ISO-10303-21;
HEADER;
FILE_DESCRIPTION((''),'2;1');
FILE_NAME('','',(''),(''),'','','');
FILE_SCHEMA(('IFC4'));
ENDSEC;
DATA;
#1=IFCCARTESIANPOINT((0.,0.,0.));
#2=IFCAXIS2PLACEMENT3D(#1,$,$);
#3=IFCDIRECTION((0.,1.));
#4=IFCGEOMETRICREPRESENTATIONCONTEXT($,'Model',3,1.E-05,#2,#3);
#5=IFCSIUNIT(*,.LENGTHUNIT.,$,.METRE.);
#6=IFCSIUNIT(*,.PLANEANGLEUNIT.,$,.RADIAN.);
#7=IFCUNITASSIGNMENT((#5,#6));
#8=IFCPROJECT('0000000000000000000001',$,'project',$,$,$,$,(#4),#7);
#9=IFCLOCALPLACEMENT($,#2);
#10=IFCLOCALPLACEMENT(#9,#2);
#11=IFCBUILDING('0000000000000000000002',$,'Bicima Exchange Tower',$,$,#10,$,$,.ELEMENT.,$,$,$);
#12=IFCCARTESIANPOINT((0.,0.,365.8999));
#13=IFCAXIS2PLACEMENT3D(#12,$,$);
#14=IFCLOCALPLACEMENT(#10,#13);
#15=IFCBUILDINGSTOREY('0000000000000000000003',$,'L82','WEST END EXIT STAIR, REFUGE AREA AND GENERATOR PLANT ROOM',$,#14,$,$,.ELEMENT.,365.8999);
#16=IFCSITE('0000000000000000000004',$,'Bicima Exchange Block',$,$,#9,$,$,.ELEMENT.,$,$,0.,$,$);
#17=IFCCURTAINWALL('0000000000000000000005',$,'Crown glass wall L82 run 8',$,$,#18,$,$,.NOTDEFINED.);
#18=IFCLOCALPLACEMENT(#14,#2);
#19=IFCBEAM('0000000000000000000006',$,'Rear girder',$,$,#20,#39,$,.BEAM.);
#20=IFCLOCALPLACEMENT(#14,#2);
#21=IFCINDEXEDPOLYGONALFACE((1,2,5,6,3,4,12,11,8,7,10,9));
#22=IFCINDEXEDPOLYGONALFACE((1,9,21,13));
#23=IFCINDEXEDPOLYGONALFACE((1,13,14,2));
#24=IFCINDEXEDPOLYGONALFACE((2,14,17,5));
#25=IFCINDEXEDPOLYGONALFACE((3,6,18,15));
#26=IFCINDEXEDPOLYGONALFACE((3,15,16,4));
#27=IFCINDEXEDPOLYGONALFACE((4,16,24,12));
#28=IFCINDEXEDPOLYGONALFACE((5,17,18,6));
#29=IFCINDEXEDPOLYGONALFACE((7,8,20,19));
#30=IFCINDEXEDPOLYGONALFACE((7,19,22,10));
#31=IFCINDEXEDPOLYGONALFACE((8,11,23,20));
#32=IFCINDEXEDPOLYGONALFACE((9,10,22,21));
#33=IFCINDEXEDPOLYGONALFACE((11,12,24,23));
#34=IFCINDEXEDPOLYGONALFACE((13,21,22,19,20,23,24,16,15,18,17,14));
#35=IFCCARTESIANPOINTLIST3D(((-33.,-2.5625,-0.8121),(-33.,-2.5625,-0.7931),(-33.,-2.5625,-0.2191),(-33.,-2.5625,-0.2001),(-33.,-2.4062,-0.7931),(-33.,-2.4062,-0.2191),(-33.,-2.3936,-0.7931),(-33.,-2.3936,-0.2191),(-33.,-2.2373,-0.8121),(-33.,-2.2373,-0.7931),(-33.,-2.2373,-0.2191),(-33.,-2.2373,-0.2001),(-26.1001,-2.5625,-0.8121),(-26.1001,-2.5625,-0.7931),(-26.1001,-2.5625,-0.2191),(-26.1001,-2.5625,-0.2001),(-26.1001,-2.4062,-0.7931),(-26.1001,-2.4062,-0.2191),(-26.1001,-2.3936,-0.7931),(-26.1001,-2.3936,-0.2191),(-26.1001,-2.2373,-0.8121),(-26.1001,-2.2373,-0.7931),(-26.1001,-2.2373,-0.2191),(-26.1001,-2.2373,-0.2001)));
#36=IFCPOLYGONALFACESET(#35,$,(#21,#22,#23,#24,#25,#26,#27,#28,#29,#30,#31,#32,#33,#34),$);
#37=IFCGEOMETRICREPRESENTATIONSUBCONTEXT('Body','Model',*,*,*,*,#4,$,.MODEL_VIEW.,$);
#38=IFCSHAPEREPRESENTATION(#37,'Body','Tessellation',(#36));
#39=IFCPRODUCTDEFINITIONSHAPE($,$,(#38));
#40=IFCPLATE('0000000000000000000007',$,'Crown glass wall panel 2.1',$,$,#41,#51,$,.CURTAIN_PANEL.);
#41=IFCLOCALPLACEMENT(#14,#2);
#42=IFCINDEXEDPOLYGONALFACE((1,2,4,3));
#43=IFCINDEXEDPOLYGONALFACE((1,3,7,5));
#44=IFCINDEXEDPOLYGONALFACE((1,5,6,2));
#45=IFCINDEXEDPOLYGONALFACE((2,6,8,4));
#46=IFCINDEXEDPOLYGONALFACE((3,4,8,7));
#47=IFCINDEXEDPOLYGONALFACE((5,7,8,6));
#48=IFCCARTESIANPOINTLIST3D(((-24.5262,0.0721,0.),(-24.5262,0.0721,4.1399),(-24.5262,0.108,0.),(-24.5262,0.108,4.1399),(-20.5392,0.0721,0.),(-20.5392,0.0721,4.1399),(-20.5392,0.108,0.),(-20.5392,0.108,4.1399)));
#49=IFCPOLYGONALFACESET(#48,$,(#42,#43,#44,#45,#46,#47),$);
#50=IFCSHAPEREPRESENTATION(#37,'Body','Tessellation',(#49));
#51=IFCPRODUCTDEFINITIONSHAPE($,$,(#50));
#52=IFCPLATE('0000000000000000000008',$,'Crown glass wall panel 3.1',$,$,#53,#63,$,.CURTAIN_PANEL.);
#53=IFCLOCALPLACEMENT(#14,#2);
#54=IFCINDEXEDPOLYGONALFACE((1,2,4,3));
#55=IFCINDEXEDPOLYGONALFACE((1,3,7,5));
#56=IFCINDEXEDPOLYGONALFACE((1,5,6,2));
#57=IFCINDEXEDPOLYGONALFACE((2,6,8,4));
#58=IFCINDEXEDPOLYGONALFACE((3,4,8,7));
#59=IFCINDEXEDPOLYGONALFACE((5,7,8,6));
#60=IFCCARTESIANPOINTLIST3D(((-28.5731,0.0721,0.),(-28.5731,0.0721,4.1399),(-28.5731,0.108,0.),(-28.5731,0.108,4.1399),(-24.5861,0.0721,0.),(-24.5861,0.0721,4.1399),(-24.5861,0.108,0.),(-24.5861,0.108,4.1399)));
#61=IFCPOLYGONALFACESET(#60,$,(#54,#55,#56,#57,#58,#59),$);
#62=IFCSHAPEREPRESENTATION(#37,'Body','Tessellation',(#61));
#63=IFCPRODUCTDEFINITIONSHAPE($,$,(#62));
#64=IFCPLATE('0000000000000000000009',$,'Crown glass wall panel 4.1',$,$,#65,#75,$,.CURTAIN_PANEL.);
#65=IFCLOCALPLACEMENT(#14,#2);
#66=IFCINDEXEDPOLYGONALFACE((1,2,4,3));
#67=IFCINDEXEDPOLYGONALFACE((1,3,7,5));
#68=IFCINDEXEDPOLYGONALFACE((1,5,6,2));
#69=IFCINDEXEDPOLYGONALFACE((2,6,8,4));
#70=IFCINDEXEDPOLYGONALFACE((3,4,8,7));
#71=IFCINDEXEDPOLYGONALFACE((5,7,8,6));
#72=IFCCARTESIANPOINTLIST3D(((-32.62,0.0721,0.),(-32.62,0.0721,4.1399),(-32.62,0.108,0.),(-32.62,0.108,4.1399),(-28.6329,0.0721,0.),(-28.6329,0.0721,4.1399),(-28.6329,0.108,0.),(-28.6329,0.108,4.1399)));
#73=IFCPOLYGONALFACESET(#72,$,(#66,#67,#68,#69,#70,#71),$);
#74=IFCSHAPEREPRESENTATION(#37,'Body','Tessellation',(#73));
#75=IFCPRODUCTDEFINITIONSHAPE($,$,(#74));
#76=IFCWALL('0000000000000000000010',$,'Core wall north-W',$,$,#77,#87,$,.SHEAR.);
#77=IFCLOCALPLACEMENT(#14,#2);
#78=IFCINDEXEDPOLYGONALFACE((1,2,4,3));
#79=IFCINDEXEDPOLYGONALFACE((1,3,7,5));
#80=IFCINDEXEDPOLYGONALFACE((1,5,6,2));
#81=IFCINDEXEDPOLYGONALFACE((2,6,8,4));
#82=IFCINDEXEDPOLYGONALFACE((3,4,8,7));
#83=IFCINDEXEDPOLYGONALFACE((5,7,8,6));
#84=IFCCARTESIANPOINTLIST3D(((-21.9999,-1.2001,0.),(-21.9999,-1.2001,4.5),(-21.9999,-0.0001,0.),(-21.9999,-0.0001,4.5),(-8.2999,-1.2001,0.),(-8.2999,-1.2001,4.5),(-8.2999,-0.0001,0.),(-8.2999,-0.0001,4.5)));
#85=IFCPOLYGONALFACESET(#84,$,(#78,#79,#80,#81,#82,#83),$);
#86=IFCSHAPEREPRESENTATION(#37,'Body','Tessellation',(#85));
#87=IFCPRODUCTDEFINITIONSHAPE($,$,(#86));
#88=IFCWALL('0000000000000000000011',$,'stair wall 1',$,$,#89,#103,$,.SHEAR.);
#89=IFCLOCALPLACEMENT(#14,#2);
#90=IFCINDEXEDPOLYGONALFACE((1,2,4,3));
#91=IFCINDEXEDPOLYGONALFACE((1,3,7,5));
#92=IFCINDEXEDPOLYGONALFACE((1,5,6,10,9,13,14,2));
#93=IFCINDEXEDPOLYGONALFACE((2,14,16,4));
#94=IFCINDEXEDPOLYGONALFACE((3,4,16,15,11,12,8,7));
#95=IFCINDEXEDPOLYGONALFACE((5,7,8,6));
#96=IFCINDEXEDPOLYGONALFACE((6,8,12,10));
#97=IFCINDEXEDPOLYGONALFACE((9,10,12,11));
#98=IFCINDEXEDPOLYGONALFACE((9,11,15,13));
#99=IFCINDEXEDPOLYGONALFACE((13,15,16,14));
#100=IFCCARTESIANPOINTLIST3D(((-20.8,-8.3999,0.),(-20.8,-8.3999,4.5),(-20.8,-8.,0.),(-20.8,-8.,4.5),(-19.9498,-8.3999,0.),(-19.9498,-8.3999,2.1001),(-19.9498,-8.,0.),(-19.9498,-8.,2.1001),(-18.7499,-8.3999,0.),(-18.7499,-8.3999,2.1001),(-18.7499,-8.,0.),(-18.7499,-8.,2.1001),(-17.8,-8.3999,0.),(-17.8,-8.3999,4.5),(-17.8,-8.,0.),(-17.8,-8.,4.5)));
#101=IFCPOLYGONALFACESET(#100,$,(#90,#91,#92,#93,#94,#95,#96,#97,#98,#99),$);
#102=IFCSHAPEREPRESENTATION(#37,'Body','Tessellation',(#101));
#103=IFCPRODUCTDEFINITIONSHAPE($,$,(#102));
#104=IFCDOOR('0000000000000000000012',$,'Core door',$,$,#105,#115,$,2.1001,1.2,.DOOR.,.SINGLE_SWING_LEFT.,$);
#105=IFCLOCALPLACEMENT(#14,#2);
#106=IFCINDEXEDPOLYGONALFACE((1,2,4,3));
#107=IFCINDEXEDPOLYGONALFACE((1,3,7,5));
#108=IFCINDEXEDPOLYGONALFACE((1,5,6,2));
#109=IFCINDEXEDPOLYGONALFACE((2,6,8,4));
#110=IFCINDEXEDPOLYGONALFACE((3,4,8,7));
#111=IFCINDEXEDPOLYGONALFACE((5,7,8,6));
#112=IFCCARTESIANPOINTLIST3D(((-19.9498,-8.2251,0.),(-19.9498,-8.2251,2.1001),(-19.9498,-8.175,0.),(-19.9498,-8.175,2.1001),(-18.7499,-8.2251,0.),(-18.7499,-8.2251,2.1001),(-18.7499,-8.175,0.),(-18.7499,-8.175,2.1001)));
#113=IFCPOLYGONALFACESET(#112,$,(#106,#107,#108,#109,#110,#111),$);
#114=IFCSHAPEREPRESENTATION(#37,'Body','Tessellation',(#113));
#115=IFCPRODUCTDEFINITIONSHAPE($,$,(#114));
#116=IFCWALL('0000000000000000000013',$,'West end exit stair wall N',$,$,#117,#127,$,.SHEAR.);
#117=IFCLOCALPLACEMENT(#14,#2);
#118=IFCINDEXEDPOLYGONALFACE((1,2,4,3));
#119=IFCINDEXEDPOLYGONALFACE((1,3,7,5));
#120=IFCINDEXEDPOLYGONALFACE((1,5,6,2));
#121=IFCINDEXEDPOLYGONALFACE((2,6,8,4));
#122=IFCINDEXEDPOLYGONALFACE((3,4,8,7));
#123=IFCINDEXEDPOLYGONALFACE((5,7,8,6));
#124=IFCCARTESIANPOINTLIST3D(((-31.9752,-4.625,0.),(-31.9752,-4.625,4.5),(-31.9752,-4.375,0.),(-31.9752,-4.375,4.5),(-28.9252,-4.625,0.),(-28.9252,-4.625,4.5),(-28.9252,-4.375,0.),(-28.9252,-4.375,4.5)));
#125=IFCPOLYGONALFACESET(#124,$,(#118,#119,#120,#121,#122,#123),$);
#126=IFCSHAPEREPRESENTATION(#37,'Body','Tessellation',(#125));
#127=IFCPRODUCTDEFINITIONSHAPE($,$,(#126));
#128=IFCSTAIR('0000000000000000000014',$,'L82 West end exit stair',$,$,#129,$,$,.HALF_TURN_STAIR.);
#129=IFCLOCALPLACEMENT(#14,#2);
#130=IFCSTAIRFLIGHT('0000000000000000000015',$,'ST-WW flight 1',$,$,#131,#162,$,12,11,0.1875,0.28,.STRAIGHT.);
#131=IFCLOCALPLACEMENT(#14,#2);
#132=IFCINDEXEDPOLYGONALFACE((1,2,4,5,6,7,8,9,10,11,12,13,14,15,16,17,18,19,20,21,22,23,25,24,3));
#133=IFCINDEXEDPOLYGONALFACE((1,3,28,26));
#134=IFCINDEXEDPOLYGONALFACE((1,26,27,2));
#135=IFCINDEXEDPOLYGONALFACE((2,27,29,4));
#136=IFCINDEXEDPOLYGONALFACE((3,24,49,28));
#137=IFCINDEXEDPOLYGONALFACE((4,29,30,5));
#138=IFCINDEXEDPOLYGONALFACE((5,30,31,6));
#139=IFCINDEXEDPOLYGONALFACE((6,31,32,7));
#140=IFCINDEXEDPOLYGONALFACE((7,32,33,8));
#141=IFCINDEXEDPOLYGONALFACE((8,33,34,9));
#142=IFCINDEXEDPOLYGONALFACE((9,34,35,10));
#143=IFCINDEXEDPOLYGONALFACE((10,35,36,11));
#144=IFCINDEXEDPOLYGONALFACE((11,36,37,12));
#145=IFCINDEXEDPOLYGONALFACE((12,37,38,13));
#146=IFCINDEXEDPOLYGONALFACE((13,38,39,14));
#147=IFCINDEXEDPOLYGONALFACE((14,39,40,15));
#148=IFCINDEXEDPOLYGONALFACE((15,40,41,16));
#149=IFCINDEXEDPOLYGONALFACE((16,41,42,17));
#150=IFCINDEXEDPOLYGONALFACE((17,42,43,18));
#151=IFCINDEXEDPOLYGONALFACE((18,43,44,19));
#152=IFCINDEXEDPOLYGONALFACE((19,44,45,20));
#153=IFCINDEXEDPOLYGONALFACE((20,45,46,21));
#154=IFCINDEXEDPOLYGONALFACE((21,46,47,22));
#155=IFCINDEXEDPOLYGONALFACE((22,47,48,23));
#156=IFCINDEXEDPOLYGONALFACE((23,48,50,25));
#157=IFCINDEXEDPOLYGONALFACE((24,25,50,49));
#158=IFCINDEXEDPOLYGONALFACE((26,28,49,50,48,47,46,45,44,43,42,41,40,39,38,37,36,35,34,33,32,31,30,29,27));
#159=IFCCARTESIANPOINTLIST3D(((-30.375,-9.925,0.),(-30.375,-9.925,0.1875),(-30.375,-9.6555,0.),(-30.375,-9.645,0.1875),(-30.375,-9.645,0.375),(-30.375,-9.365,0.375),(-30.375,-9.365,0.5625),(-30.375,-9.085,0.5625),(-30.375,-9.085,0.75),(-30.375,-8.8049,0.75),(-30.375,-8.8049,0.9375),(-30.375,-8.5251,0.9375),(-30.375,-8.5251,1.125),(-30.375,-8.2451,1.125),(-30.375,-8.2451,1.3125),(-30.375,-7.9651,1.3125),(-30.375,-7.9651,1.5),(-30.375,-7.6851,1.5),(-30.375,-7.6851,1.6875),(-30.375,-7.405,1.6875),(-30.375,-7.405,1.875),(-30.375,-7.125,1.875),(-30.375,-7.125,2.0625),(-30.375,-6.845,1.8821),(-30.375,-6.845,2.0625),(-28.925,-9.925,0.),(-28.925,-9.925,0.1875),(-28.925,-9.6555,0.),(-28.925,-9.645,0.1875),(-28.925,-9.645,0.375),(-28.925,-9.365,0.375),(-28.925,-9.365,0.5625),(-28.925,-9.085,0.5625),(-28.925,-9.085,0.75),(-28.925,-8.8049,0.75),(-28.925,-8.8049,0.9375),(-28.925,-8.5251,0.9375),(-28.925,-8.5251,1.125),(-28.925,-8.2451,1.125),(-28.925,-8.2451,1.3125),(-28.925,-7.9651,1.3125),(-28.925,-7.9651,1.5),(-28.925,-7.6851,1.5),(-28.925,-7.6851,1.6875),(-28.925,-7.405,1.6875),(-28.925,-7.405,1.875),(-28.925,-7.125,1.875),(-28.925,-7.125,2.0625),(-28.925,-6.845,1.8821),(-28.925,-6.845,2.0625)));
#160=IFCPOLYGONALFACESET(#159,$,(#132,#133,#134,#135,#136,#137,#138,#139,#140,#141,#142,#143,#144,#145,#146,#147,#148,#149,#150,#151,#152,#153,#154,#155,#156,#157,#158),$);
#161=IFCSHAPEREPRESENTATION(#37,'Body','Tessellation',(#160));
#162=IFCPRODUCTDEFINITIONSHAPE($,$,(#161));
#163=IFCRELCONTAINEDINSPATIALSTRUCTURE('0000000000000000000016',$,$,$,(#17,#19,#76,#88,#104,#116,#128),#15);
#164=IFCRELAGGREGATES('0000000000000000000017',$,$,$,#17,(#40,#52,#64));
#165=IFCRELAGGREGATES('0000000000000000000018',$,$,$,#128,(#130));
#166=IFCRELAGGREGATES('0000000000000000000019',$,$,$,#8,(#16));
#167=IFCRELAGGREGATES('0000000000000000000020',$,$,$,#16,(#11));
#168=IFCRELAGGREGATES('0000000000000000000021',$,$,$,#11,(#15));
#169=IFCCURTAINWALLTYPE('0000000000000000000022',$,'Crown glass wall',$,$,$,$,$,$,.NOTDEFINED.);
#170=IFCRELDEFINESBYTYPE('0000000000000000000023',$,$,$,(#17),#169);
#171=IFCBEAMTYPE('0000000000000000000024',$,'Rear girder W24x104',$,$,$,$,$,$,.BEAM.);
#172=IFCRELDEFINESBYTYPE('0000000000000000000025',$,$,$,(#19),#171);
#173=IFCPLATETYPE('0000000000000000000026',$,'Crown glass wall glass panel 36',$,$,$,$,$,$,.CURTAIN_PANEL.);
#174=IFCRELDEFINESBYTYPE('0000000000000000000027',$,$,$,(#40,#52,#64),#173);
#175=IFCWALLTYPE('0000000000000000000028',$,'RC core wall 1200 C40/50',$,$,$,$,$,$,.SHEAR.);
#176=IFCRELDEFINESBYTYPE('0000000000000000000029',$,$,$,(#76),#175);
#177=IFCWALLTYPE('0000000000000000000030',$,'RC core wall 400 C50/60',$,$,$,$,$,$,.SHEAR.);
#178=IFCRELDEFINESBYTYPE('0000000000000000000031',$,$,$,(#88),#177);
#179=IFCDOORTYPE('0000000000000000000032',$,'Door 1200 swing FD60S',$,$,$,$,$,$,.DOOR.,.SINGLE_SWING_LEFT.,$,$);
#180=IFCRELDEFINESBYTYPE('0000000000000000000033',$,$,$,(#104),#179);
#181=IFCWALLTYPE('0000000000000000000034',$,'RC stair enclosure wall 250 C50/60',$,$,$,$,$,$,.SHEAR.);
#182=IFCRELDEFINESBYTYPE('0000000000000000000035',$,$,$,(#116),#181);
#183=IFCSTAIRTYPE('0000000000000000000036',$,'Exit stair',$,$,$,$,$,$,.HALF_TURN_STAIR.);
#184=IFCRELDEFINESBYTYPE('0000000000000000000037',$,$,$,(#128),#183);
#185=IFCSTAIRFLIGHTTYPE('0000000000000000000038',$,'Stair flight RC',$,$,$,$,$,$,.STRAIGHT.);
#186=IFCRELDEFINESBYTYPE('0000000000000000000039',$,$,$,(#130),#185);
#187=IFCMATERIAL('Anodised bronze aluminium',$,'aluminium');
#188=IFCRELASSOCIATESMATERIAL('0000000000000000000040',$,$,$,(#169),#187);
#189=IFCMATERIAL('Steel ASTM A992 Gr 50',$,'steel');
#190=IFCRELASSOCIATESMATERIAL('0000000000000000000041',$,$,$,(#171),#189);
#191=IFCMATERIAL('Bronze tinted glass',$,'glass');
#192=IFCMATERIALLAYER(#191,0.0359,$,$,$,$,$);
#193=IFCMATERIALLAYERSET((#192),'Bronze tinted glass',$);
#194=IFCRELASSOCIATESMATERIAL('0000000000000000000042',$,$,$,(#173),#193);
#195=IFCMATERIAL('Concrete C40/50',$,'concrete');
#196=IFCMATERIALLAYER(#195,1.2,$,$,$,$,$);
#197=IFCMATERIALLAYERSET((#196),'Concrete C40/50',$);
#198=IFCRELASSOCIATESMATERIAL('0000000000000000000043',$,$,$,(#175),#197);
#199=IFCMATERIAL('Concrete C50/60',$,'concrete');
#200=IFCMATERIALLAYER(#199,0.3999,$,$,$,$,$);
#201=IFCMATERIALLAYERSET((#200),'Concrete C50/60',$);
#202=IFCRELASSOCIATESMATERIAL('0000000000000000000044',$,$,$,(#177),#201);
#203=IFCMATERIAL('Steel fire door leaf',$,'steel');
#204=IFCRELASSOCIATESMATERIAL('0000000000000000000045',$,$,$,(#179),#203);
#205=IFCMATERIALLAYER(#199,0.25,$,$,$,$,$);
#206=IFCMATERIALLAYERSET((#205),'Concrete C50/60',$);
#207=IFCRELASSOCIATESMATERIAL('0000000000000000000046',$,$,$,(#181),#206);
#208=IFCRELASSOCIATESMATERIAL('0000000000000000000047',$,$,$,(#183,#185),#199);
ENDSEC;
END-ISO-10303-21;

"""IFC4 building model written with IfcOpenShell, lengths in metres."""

from ifc_helpers import new_model, si_unit, direction, frame, frame_2d, origin, origin_2d, place, context, subcontext, project, spatial, polyline, rectangle, i_section, outline, extrude, material, layer, layer_set, material_profile, profile_set, type_object, element, fill, aggregate, save


model = new_model("IFC4")

# Units and contexts
model_context = context("Model", 3, precision=1e-05, world=origin(), true_north=direction((0.0, 1.0)))
body_context = subcontext(model_context, "Body", "Model", "MODEL_VIEW")
ifc_project = project(units=[si_unit("LENGTHUNIT", "METRE"), si_unit("PLANEANGLEUNIT", "RADIAN")], contexts=[model_context])

# Site, building, storey
site_placement = place(None, origin())
site = spatial("IfcSite", under=ifc_project, at=site_placement, Name="Bicima Exchange Block", CompositionType="ELEMENT", RefElevation=0.0)
building_placement = place(site_placement, origin())
building = spatial("IfcBuilding", under=site, at=building_placement, Name="Bicima Exchange Tower", CompositionType="ELEMENT")
storey_placement = place(building_placement, frame((0.0, 0.0, 365.8999)))
storey = spatial("IfcBuildingStorey", under=building, at=storey_placement, Name="L82", Description="WEST END EXIT STAIR, REFUGE AREA AND GENERATOR PLANT ROOM", CompositionType="ELEMENT", Elevation=365.8999)

# Shared definitions
ifc_material_1 = material(Name="Steel ASTM A992 Gr 50", Category="steel")

# Curtain wall
ifc_material_2 = material(Name="Anodised bronze aluminium", Category="aluminium")
curtain_wall_type = type_object("IfcCurtainWallType", Name="Crown glass wall", PredefinedType="NOTDEFINED", material=ifc_material_2)
curtain_wall_placement = place(storey_placement, origin())
curtain_wall = element("IfcCurtainWall", 1, at=curtain_wall_placement, inside=storey, type_object=curtain_wall_type, Name="Crown glass wall L82 run 8", PredefinedType="NOTDEFINED")

# Beam
ifc_material_profile_1 = material_profile(ifc_material_1, i_section(OverallWidth=0.3252, OverallDepth=0.6121, WebThickness=0.0127, FlangeThickness=0.019, at=origin_2d()))
ifc_profile_set_1 = profile_set([ifc_material_profile_1], Name="Steel ASTM A992 Gr 50")
beam_type_1 = type_object("IfcBeamType", Name="Rear girder W24x104", PredefinedType="BEAM", material=ifc_profile_set_1)
beam_1_placement = place(storey_placement, frame((-26.1001, -2.3999, -0.5061), z_axis=(-1.0, 0.0, 0.0), x_axis=(0.0, -1.0, 0.0)))
element("IfcBeam", 2, at=beam_1_placement, inside=storey, type_object=beam_type_1, Name="Rear girder", PredefinedType="BEAM", context=body_context, shape_type="SweptSolid", body=[
    extrude(i_section(OverallWidth=0.3252, OverallDepth=0.6121, WebThickness=0.0127, FlangeThickness=0.019, at=origin_2d()), origin(), (0.0, 0.0, 1.0), 6.8999),
])

# Plates
ifc_material_3 = material(Name="Bronze tinted glass", Category="glass")
ifc_layer_1 = layer(ifc_material_3, 0.0359)
ifc_layer_set_1 = layer_set([ifc_layer_1], Name="Bronze tinted glass")
plate_type = type_object("IfcPlateType", Name="Crown glass wall glass panel 36", PredefinedType="CURTAIN_PANEL", material=ifc_layer_set_1)
plate_1_placement = place(storey_placement, frame((-22.5327, 0.0901, 0.0), z_axis=(0.0, 0.0, 1.0), x_axis=(-1.0, 0.0, 0.0)))
plate_1 = element("IfcPlate", 3, at=plate_1_placement, type_object=plate_type, Name="Crown glass wall panel 2.1", PredefinedType="CURTAIN_PANEL", context=body_context, shape_type="SweptSolid", body=[
    extrude(rectangle(XDim=3.9871, YDim=0.0359, at=origin_2d()), origin(), (0.0, 0.0, 1.0), 4.1399),
])
plate_2_placement = place(storey_placement, frame((-26.5796, 0.0901, 0.0), z_axis=(0.0, 0.0, 1.0), x_axis=(-1.0, 0.0, 0.0)))
plate_2 = element("IfcPlate", 4, at=plate_2_placement, type_object=plate_type, Name="Crown glass wall panel 3.1", PredefinedType="CURTAIN_PANEL", context=body_context, shape_type="SweptSolid", body=[
    extrude(rectangle(XDim=3.9871, YDim=0.0359, at=origin_2d()), origin(), (0.0, 0.0, 1.0), 4.1399),
])
plate_3_placement = place(storey_placement, frame((-30.6265, 0.0901, 0.0), z_axis=(0.0, 0.0, 1.0), x_axis=(-1.0, 0.0, 0.0)))
plate_3 = element("IfcPlate", 5, at=plate_3_placement, type_object=plate_type, Name="Crown glass wall panel 4.1", PredefinedType="CURTAIN_PANEL", context=body_context, shape_type="SweptSolid", body=[
    extrude(rectangle(XDim=3.9871, YDim=0.0359, at=origin_2d()), origin(), (0.0, 0.0, 1.0), 4.1399),
])
aggregate(curtain_wall, [plate_1, plate_2, plate_3])

# Wall
ifc_material_4 = material(Name="Concrete C40/50", Category="concrete")
ifc_layer_2 = layer(ifc_material_4, 1.2)
ifc_layer_set_2 = layer_set([ifc_layer_2], Name="Concrete C40/50")
wall_type_1 = type_object("IfcWallType", Name="RC core wall 1200 C40/50", PredefinedType="SHEAR", material=ifc_layer_set_2)
wall_1_placement = place(storey_placement, frame((-22.0, -0.6001, 0.0), z_axis=(0.0, 0.0, 1.0), x_axis=(1.0, 0.0, 0.0)))
element("IfcWall", 6, at=wall_1_placement, inside=storey, type_object=wall_type_1, Name="Core wall north-W", PredefinedType="SHEAR", context=body_context, shape_type="SweptSolid", body=[
    extrude(rectangle(XDim=13.7, YDim=1.2, at=frame_2d((6.8501, 0.0))), origin(), (0.0, 0.0, 1.0), 4.5),
])

# Wall, opening, door
ifc_material_5 = material(Name="Concrete C50/60", Category="concrete")
ifc_layer_3 = layer(ifc_material_5, 0.3999)
ifc_layer_set_3 = layer_set([ifc_layer_3], Name="Concrete C50/60")
wall_type_2 = type_object("IfcWallType", Name="RC core wall 400 C50/60", PredefinedType="SHEAR", material=ifc_layer_set_3)
wall_2_placement = place(storey_placement, frame((-20.8, -8.2, 0.0), z_axis=(0.0, 0.0, 1.0), x_axis=(1.0, 0.0, 0.0)))
wall_2 = element("IfcWall", 7, at=wall_2_placement, inside=storey, type_object=wall_type_2, Name="stair wall 1", PredefinedType="SHEAR", context=body_context, shape_type="SweptSolid", body=[
    extrude(rectangle(XDim=3.0, YDim=0.3999, at=frame_2d((1.5, 0.0))), origin(), (0.0, 0.0, 1.0), 4.5),
])
opening_placement = place(wall_2_placement, frame((0.8501, 0.0, 0.0)))
opening = element("IfcOpeningElement", 8, at=opening_placement, cuts=wall_2, PredefinedType="OPENING", context=body_context, shape_type="SweptSolid", body=[
    extrude(rectangle(XDim=1.2, YDim=2.1001, at=frame_2d((0.6001, 1.05))), frame((0.0, 0.2119, 0.0), z_axis=(0.0, -1.0, 0.0), x_axis=(1.0, 0.0, 0.0)), (0.0, 0.0, 1.0), 0.4238),
])
ifc_material_6 = material(Name="Steel fire door leaf", Category="steel")
door_type = type_object("IfcDoorType", Name="Door 1200 swing FD60S", OperationType="SINGLE_SWING_LEFT", PredefinedType="DOOR", material=ifc_material_6)
door_placement = place(opening_placement, origin())
door = element("IfcDoor", 9, at=door_placement, inside=storey, type_object=door_type, Name="Core door", OperationType="SINGLE_SWING_LEFT", OverallHeight=2.1001, OverallWidth=1.2, PredefinedType="DOOR", context=body_context, shape_type="SweptSolid", body=[
    extrude(rectangle(XDim=1.2, YDim=2.1001, at=frame_2d((0.6001, 1.05))), frame((0.0, 0.0249, 0.0), z_axis=(0.0, -1.0, 0.0), x_axis=(1.0, 0.0, 0.0)), (0.0, 0.0, 1.0), 0.05),
])
fill(opening, door)

# Wall
ifc_layer_4 = layer(ifc_material_5, 0.25)
ifc_layer_set_4 = layer_set([ifc_layer_4], Name="Concrete C50/60")
wall_type_3 = type_object("IfcWallType", Name="RC stair enclosure wall 250 C50/60", PredefinedType="SHEAR", material=ifc_layer_set_4)
wall_3_placement = place(storey_placement, frame((-31.9751, -4.5, 0.0), z_axis=(0.0, 0.0, 1.0), x_axis=(1.0, 0.0, 0.0)))
element("IfcWall", 10, at=wall_3_placement, inside=storey, type_object=wall_type_3, Name="West end exit stair wall N", PredefinedType="SHEAR", context=body_context, shape_type="SweptSolid", body=[
    extrude(rectangle(XDim=3.05, YDim=0.25, at=frame_2d((1.5249, 0.0))), origin(), (0.0, 0.0, 1.0), 4.5),
])

# Stair, stair flight
stair_type = type_object("IfcStairType", Name="Exit stair", PredefinedType="HALF_TURN_STAIR", material=ifc_material_5)
stair_placement = place(storey_placement, origin())
stair = element("IfcStair", 11, at=stair_placement, inside=storey, type_object=stair_type, Name="L82 West end exit stair", PredefinedType="HALF_TURN_STAIR")
stair_flight_type = type_object("IfcStairFlightType", Name="Stair flight RC", PredefinedType="STRAIGHT", material=ifc_material_5)
stair_flight_1_placement = place(storey_placement, frame((-29.6499, -9.925, 0.0), z_axis=(0.0, 0.0, 1.0), x_axis=(0.0, 1.0, 0.0)))
stair_flight_1 = element("IfcStairFlight", 12, at=stair_flight_1_placement, type_object=stair_flight_type, Name="ST-WW flight 1", NumberOfRisers=12, NumberOfTreads=11, PredefinedType="STRAIGHT", RiserHeight=0.1875, TreadLength=0.28, context=body_context, shape_type="SweptSolid", body=[
    extrude(outline(polyline([(0.0, 0.0), (0.0, 0.1875), (0.28, 0.1875), (0.28, 0.375), (0.5601, 0.375), (0.5601, 0.5625), (0.8401, 0.5625), (0.8401, 0.75), (1.1201, 0.75), (1.1201, 0.9375), (1.3999, 0.9375), (1.3999, 1.125), (1.6799, 1.125), (1.6799, 1.3125), (1.96, 1.3125), (1.96, 1.5), (2.24, 1.5), (2.24, 1.6875), (2.52, 1.6875), (2.52, 1.875), (2.8, 1.875), (2.8, 2.0625), (3.0801, 2.0625), (3.0801, 2.25), (3.0801, 1.8821), (0.2695, 0.0), (0.0, 0.0)])), frame((0.0, 0.7251, 0.0), z_axis=(0.0, -1.0, 0.0), x_axis=(1.0, 0.0, 0.0)), (0.0, 0.0, 1.0), 1.45),
])
aggregate(stair, [stair_flight_1])

save(model, "model.ifc")
